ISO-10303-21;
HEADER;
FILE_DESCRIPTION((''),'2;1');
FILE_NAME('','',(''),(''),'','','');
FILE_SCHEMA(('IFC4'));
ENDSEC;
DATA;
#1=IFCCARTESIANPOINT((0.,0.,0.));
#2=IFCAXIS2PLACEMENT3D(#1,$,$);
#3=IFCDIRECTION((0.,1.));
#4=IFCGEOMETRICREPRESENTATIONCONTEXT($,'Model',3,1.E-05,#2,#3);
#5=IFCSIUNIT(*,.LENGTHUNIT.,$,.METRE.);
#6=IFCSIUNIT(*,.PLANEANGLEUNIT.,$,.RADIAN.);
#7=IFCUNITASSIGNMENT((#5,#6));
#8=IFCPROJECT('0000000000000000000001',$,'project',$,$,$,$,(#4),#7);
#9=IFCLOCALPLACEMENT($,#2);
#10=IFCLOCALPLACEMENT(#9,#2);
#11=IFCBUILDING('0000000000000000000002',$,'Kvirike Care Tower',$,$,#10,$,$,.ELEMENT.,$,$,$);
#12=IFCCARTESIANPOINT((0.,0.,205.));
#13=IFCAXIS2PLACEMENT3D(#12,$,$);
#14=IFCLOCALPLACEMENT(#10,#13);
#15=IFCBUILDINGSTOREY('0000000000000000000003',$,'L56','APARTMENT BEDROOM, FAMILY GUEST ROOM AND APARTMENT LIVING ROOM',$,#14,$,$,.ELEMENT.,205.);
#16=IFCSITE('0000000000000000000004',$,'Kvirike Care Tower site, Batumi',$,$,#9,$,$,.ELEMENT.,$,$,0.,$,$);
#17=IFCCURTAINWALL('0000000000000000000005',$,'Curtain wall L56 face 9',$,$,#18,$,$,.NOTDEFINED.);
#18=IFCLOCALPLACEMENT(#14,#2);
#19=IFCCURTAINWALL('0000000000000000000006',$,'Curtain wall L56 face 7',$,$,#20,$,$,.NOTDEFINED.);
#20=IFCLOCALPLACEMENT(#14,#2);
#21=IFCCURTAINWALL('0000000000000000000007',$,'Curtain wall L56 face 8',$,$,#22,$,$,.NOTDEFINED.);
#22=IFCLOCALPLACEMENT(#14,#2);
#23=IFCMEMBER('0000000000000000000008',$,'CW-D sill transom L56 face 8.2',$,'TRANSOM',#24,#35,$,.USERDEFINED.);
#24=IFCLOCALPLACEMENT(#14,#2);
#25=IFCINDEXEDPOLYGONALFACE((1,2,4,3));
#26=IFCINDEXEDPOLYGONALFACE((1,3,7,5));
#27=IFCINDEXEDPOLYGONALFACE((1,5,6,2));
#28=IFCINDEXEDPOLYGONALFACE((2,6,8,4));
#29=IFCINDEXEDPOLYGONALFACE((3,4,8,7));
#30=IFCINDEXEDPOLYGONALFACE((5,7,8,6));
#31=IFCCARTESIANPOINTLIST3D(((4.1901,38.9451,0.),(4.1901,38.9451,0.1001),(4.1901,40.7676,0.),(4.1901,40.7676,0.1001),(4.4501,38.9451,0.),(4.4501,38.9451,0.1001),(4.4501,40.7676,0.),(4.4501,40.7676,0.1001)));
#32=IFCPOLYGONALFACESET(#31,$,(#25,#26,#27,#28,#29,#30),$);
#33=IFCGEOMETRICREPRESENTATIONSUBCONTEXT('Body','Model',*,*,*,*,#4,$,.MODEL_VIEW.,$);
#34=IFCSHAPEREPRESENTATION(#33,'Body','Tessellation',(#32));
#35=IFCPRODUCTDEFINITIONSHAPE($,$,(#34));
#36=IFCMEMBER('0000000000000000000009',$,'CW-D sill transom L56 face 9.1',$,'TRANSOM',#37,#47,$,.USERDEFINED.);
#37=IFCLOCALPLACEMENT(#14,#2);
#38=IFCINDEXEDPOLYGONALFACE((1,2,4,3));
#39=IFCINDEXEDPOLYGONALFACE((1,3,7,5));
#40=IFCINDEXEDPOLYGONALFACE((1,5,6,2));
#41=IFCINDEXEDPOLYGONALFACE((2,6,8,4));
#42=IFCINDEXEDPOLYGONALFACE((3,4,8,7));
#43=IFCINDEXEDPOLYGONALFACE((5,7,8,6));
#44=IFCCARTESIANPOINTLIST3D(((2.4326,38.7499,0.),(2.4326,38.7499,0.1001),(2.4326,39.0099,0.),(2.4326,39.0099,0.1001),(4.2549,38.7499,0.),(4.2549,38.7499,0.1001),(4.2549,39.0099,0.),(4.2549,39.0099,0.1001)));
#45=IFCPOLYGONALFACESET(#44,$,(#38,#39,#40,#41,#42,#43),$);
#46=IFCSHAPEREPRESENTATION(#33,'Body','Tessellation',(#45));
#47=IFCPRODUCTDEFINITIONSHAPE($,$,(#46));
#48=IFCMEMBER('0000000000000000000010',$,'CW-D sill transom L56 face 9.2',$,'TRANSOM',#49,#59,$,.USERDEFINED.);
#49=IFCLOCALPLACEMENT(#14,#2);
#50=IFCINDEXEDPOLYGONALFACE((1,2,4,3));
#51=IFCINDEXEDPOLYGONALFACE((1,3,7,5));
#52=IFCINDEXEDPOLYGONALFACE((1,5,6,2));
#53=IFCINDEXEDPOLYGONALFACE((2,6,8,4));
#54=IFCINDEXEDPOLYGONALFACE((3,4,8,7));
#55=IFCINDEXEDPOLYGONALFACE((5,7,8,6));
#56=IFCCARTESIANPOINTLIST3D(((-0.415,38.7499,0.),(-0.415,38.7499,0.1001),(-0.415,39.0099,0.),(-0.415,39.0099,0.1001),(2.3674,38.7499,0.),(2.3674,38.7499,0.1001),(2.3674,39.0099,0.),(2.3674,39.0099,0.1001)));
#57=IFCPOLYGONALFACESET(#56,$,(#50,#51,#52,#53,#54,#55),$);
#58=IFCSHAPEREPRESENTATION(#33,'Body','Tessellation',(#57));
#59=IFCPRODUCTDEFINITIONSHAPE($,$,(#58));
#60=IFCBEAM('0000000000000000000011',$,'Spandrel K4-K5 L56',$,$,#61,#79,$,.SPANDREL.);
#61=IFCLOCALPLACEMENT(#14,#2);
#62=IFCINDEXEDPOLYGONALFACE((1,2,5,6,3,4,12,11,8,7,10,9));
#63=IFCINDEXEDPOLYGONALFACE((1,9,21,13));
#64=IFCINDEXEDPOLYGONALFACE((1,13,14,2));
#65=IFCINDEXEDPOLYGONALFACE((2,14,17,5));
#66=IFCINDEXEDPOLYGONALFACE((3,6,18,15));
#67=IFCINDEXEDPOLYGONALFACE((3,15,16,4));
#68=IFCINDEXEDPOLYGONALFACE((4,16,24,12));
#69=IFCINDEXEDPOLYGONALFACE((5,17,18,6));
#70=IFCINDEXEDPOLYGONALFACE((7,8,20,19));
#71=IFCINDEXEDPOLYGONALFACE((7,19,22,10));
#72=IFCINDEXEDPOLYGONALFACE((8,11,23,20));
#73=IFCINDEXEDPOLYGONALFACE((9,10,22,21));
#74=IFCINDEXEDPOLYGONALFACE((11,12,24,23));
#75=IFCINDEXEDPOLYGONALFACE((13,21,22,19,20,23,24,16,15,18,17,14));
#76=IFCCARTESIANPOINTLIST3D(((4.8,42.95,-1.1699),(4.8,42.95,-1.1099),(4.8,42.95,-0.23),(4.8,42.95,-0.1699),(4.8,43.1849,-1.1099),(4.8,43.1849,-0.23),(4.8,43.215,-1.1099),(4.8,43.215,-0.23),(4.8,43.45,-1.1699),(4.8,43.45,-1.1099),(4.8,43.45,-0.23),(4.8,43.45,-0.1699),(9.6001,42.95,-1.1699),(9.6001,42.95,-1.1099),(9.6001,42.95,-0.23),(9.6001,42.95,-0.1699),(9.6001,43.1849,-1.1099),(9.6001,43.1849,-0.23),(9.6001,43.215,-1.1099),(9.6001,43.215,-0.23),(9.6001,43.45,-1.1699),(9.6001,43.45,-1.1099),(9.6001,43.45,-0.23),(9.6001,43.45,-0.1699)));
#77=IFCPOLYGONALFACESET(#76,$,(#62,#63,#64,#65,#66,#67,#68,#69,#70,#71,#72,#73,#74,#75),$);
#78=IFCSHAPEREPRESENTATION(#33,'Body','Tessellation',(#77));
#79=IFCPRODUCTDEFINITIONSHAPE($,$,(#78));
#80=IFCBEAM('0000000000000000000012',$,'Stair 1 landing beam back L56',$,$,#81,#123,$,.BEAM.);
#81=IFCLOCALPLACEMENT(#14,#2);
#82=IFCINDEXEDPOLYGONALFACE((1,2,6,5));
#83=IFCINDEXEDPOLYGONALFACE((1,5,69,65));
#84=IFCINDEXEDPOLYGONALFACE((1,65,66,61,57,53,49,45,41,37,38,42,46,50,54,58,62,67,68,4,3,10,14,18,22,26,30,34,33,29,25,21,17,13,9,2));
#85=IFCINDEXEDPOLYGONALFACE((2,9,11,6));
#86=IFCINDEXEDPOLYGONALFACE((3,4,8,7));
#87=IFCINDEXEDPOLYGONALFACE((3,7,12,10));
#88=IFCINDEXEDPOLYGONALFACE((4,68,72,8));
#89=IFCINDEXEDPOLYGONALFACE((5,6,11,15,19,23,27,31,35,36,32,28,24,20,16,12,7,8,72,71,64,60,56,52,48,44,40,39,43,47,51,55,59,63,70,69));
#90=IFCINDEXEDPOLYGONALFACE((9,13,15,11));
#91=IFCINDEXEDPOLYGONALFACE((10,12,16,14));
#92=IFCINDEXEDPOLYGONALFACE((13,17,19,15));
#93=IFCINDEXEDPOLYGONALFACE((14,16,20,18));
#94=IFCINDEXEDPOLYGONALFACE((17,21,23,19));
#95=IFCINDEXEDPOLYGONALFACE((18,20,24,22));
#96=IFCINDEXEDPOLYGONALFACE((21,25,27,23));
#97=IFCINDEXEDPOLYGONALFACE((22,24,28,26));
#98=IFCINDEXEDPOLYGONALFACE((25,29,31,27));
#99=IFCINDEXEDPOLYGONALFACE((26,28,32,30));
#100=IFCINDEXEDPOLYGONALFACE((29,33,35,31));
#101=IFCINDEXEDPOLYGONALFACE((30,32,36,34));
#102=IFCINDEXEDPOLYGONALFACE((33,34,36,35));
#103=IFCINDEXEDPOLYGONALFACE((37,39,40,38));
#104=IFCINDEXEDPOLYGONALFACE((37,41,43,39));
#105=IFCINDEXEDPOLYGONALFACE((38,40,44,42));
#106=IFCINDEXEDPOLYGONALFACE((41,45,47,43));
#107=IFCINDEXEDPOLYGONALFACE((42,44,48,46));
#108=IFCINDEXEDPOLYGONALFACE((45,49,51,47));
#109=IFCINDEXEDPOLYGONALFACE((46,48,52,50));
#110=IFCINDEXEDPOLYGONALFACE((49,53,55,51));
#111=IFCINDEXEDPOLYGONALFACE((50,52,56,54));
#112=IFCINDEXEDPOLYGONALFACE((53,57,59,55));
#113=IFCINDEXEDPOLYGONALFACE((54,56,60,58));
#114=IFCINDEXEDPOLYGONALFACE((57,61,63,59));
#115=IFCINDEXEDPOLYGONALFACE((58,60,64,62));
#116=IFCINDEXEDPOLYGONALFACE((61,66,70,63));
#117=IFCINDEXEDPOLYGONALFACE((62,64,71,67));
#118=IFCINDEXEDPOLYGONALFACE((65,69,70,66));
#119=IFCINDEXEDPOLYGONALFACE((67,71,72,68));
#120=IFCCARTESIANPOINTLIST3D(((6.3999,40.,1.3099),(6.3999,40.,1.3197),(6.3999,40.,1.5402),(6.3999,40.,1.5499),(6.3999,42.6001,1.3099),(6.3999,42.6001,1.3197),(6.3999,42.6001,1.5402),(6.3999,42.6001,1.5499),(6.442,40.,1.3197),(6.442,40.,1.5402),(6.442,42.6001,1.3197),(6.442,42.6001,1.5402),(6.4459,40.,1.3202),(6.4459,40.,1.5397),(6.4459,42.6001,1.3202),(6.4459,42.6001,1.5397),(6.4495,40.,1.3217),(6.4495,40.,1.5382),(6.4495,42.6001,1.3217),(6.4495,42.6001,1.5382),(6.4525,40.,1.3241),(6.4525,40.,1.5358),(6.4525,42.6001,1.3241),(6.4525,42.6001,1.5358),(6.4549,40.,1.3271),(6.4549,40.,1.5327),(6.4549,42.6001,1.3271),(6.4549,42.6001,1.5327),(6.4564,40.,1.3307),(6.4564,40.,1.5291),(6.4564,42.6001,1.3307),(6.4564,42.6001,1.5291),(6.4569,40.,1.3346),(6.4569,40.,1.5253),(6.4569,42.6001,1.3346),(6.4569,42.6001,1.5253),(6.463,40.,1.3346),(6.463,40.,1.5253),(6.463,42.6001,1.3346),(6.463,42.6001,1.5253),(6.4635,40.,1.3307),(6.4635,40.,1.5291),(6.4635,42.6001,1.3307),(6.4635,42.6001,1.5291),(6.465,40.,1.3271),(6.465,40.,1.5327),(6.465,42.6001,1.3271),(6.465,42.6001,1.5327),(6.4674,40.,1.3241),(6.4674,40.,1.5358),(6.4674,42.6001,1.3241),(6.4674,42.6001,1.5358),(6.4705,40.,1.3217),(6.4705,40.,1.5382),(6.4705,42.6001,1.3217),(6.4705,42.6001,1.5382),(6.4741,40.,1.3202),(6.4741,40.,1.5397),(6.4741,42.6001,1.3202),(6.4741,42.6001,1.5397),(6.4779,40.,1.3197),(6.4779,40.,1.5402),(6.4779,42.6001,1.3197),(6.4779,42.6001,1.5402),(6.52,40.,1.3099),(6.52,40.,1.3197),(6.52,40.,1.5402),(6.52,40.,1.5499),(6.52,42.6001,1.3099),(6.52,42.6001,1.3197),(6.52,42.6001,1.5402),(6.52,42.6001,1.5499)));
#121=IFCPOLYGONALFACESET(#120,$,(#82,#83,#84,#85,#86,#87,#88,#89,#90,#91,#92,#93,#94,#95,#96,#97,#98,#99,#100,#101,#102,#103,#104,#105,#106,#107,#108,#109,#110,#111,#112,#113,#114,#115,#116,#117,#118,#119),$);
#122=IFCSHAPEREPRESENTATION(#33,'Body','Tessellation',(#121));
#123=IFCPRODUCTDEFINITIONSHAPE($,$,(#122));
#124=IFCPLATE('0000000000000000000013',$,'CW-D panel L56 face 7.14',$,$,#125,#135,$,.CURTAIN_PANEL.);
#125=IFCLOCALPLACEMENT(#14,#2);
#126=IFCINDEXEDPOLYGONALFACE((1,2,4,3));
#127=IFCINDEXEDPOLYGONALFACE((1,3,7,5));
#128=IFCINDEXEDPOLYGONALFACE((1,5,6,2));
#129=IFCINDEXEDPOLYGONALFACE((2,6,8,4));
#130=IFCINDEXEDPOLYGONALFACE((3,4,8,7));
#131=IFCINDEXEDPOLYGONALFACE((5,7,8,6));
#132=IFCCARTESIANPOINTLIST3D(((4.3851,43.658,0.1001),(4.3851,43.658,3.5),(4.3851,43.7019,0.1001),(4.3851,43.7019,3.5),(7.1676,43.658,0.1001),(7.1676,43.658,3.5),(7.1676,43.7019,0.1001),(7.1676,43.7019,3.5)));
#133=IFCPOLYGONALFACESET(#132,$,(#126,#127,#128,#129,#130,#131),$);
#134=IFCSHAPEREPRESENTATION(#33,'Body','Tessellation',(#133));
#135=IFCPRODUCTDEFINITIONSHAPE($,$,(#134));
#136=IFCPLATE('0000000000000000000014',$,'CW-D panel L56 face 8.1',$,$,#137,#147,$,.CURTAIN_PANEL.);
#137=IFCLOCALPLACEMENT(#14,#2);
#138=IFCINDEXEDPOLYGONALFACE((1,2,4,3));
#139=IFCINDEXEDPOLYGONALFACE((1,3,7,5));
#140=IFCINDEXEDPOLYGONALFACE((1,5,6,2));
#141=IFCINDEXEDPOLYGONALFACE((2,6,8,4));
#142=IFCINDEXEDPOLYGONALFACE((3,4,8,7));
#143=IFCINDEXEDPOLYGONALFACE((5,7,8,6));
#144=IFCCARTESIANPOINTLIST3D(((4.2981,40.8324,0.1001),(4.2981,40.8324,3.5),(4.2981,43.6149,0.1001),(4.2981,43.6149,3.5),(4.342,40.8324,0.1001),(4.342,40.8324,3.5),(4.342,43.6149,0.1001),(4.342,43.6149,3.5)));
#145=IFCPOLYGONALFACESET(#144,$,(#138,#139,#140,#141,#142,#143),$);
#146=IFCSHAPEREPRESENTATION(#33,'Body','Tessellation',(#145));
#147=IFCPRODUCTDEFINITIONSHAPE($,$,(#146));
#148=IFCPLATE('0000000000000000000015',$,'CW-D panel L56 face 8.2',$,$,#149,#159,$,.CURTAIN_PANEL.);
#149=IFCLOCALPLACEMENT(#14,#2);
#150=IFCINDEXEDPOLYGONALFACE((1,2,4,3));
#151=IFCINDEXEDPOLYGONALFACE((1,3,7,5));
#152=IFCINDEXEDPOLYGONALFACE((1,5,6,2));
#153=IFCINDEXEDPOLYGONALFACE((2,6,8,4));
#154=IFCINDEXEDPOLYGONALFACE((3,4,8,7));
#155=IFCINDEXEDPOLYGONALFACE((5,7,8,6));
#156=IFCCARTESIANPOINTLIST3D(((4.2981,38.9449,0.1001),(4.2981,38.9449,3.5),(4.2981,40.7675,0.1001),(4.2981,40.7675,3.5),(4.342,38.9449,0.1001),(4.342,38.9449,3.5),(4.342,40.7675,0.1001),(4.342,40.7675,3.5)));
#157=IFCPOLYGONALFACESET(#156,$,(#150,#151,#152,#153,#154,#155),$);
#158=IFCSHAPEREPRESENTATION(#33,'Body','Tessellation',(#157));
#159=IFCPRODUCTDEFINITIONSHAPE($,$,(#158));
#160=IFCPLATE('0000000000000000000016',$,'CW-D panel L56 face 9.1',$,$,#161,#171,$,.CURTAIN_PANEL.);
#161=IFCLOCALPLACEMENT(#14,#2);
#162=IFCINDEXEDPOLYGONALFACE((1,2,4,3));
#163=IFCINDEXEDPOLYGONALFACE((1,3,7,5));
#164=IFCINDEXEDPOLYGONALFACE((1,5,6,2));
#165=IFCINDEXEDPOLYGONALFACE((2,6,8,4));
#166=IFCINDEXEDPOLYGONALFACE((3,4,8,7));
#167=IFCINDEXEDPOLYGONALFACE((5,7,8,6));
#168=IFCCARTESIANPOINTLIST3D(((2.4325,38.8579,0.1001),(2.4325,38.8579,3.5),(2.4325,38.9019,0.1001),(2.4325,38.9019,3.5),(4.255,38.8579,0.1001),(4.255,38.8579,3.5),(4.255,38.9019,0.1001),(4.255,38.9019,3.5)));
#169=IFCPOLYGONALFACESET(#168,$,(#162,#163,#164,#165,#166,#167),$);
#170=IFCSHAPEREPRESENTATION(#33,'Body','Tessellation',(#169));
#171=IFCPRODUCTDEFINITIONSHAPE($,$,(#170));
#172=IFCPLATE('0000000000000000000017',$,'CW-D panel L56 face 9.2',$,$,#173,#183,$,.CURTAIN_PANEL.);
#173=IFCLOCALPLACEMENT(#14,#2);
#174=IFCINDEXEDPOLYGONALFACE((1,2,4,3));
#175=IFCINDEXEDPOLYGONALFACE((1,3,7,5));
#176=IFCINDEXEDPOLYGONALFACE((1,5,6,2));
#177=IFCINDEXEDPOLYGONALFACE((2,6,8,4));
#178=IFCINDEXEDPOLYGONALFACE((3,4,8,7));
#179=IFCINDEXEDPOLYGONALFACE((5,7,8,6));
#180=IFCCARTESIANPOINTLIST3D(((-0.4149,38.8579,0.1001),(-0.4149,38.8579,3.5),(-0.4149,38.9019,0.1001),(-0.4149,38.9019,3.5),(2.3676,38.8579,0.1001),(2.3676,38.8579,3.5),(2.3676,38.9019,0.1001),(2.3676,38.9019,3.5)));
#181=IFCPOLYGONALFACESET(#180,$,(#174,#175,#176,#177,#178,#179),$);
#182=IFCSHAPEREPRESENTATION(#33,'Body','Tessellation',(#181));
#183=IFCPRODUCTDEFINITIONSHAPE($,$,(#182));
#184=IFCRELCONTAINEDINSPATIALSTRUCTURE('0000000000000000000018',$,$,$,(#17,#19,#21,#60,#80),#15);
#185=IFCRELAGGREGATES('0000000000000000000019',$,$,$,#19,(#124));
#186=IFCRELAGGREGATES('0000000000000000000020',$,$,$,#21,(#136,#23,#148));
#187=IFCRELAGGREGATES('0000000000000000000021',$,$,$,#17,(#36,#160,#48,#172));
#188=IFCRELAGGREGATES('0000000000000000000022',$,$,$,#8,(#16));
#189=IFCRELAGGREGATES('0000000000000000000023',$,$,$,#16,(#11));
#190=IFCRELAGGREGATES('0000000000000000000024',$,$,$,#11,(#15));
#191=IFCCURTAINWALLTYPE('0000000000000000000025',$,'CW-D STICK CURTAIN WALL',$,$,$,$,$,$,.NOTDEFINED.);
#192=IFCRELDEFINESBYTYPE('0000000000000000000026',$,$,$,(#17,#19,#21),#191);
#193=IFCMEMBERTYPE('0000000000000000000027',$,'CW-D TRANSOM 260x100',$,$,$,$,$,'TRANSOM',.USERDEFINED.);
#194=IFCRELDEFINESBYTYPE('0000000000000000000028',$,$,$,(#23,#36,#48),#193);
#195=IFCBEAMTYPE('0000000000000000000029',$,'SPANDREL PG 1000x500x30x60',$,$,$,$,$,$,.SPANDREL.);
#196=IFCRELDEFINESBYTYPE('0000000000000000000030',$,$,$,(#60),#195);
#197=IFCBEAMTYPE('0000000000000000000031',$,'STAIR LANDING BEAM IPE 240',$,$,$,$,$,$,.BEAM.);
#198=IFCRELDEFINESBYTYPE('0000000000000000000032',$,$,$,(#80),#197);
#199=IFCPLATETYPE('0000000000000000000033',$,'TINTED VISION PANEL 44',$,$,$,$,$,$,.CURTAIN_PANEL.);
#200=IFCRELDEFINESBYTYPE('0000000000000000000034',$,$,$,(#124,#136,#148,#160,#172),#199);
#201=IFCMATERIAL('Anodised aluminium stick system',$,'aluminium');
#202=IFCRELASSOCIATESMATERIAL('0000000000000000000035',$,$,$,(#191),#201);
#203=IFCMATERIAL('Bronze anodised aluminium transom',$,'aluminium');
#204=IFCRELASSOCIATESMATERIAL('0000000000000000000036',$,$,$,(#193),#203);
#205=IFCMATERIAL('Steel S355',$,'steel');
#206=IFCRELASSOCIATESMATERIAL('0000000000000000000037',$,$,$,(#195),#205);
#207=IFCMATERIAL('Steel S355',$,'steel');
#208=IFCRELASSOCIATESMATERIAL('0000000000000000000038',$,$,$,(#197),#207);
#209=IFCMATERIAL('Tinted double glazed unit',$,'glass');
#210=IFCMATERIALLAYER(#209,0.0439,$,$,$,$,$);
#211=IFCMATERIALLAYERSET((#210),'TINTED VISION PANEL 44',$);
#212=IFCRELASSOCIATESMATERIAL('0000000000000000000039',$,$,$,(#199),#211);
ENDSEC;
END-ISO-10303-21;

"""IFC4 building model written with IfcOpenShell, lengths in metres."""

from ifc_helpers import new_model, si_unit, direction, frame, origin, origin_2d, place, context, subcontext, project, spatial, rectangle, i_section, extrude, material, layer, layer_set, material_profile, profile_set, type_object, element, aggregate, save


model = new_model("IFC4")

# Units and contexts
model_context = context("Model", 3, precision=1e-05, world=origin(), true_north=direction((0.0, 1.0)))
body_context = subcontext(model_context, "Body", "Model", "MODEL_VIEW")
ifc_project = project(units=[si_unit("LENGTHUNIT", "METRE"), si_unit("PLANEANGLEUNIT", "RADIAN")], contexts=[model_context])

# Site, building, storey
site_placement = place(None, origin())
site = spatial("IfcSite", under=ifc_project, at=site_placement, Name="Kvirike Care Tower site, Batumi", CompositionType="ELEMENT", RefElevation=0.0)
building_placement = place(site_placement, origin())
building = spatial("IfcBuilding", under=site, at=building_placement, Name="Kvirike Care Tower", CompositionType="ELEMENT")
storey_placement = place(building_placement, frame((0.0, 0.0, 205.0)))
storey = spatial("IfcBuildingStorey", under=building, at=storey_placement, Name="L56", Description="APARTMENT BEDROOM, FAMILY GUEST ROOM AND APARTMENT LIVING ROOM", CompositionType="ELEMENT", Elevation=205.0)

# Curtain walls
ifc_material_1 = material(Name="Anodised aluminium stick system", Category="aluminium")
curtain_wall_type = type_object("IfcCurtainWallType", Name="CW-D STICK CURTAIN WALL", PredefinedType="NOTDEFINED", material=ifc_material_1)
curtain_wall_1_placement = place(storey_placement, origin())
curtain_wall_1 = element("IfcCurtainWall", 1, at=curtain_wall_1_placement, inside=storey, type_object=curtain_wall_type, Name="Curtain wall L56 face 9", PredefinedType="NOTDEFINED")
curtain_wall_2_placement = place(storey_placement, origin())
curtain_wall_2 = element("IfcCurtainWall", 2, at=curtain_wall_2_placement, inside=storey, type_object=curtain_wall_type, Name="Curtain wall L56 face 7", PredefinedType="NOTDEFINED")

# Curtain wall
curtain_wall_3_placement = place(storey_placement, origin())
curtain_wall_3 = element("IfcCurtainWall", 3, at=curtain_wall_3_placement, inside=storey, type_object=curtain_wall_type, Name="Curtain wall L56 face 8", PredefinedType="NOTDEFINED")

# Members
ifc_material_2 = material(Name="Bronze anodised aluminium transom", Category="aluminium")
ifc_material_profile_1 = material_profile(ifc_material_2, rectangle(XDim=0.26, YDim=0.1001, at=origin_2d()), Name="CW-D TRANSOM 260x100")
ifc_profile_set_1 = profile_set([ifc_material_profile_1], Name="Bronze anodised aluminium transom")
member_type_1 = type_object("IfcMemberType", Name="CW-D TRANSOM 260x100", ElementType="TRANSOM", PredefinedType="USERDEFINED", material=ifc_profile_set_1)
member_1_placement = place(storey_placement, frame((4.3201, 40.7676, 0.05), z_axis=(0.0, -1.0, 0.0), x_axis=(1.0, 0.0, 0.0)))
member_1 = element("IfcMember", 4, at=member_1_placement, type_object=member_type_1, Name="CW-D sill transom L56 face 8.2", ObjectType="TRANSOM", PredefinedType="USERDEFINED", context=body_context, shape_type="SweptSolid", body=[
    extrude(rectangle(XDim=0.26, YDim=0.1001, at=origin_2d()), origin(), (0.0, 0.0, 1.0), 1.8225),
])
member_2_placement = place(storey_placement, frame((4.2549, 38.8799, 0.05), z_axis=(-1.0, 0.0, 0.0), x_axis=(0.0, -1.0, 0.0)))
member_2 = element("IfcMember", 5, at=member_2_placement, type_object=member_type_1, Name="CW-D sill transom L56 face 9.1", ObjectType="TRANSOM", PredefinedType="USERDEFINED", context=body_context, shape_type="SweptSolid", body=[
    extrude(rectangle(XDim=0.26, YDim=0.1001, at=origin_2d()), origin(), (0.0, 0.0, 1.0), 1.8223),
])
member_3_placement = place(storey_placement, frame((2.3674, 38.8799, 0.05), z_axis=(-1.0, 0.0, 0.0), x_axis=(0.0, -1.0, 0.0)))
member_3 = element("IfcMember", 6, at=member_3_placement, type_object=member_type_1, Name="CW-D sill transom L56 face 9.2", ObjectType="TRANSOM", PredefinedType="USERDEFINED", context=body_context, shape_type="SweptSolid", body=[
    extrude(rectangle(XDim=0.26, YDim=0.1001, at=origin_2d()), origin(), (0.0, 0.0, 1.0), 2.7825),
])

# Beams
ifc_material_3 = material(Name="Steel S355", Category="steel")
ifc_material_profile_2 = material_profile(ifc_material_3, i_section(OverallWidth=0.5, OverallDepth=1.0, WebThickness=0.03, FlangeThickness=0.0601, at=origin_2d()), Name="PG 1000x500x30x60")
ifc_profile_set_2 = profile_set([ifc_material_profile_2], Name="Steel S355")
beam_type_1 = type_object("IfcBeamType", Name="SPANDREL PG 1000x500x30x60", PredefinedType="SPANDREL", material=ifc_profile_set_2)
beam_1_placement = place(storey_placement, frame((4.8, 43.2, -0.6699), z_axis=(1.0, 0.0, 0.0), x_axis=(0.0, 1.0, 0.0)))
element("IfcBeam", 7, at=beam_1_placement, inside=storey, type_object=beam_type_1, Name="Spandrel K4-K5 L56", PredefinedType="SPANDREL", context=body_context, shape_type="SweptSolid", body=[
    extrude(i_section(OverallWidth=0.5, OverallDepth=1.0, WebThickness=0.03, FlangeThickness=0.0601, at=origin_2d()), origin(), (0.0, 0.0, 1.0), 4.8),
])
ifc_material_4 = material(Name="Steel S355", Category="steel")
ifc_material_profile_3 = material_profile(ifc_material_4, i_section(OverallWidth=0.1201, OverallDepth=0.24, WebThickness=0.0061, FlangeThickness=0.0098, FilletRadius=0.0149, at=origin_2d()), Name="IPE 240")
ifc_profile_set_3 = profile_set([ifc_material_profile_3], Name="Steel S355")
beam_type_2 = type_object("IfcBeamType", Name="STAIR LANDING BEAM IPE 240", PredefinedType="BEAM", material=ifc_profile_set_3)
beam_2_placement = place(storey_placement, frame((6.46, 42.6001, 1.4299), z_axis=(0.0, -1.0, 0.0), x_axis=(1.0, 0.0, 0.0)))
element("IfcBeam", 8, at=beam_2_placement, inside=storey, type_object=beam_type_2, Name="Stair 1 landing beam back L56", PredefinedType="BEAM", context=body_context, shape_type="SweptSolid", body=[
    extrude(i_section(OverallWidth=0.1201, OverallDepth=0.24, WebThickness=0.0061, FlangeThickness=0.0098, FilletRadius=0.0149, at=origin_2d()), origin(), (0.0, 0.0, 1.0), 2.6001),
])

# Plates
ifc_material_5 = material(Name="Tinted double glazed unit", Category="glass")
ifc_layer_1 = layer(ifc_material_5, 0.0439)
ifc_layer_set_1 = layer_set([ifc_layer_1], Name="TINTED VISION PANEL 44")
plate_type = type_object("IfcPlateType", Name="TINTED VISION PANEL 44", PredefinedType="CURTAIN_PANEL", material=ifc_layer_set_1)
plate_1_placement = place(storey_placement, frame((5.7764, 43.6799, 0.1001), z_axis=(0.0, 0.0, 1.0), x_axis=(-1.0, 0.0, 0.0)))
plate_1 = element("IfcPlate", 9, at=plate_1_placement, type_object=plate_type, Name="CW-D panel L56 face 7.14", PredefinedType="CURTAIN_PANEL", context=body_context, shape_type="SweptSolid", body=[
    extrude(rectangle(XDim=2.7825, YDim=0.0439, at=origin_2d()), origin(), (0.0, 0.0, 1.0), 3.3999),
])
aggregate(curtain_wall_2, [plate_1])
plate_2_placement = place(storey_placement, frame((4.3201, 42.2236, 0.1001), z_axis=(0.0, 0.0, 1.0), x_axis=(0.0, -1.0, 0.0)))
plate_2 = element("IfcPlate", 10, at=plate_2_placement, type_object=plate_type, Name="CW-D panel L56 face 8.1", PredefinedType="CURTAIN_PANEL", context=body_context, shape_type="SweptSolid", body=[
    extrude(rectangle(XDim=2.7825, YDim=0.0439, at=origin_2d()), origin(), (0.0, 0.0, 1.0), 3.3999),
])
plate_3_placement = place(storey_placement, frame((4.3201, 39.8562, 0.1001), z_axis=(0.0, 0.0, 1.0), x_axis=(0.0, -1.0, 0.0)))
plate_3 = element("IfcPlate", 11, at=plate_3_placement, type_object=plate_type, Name="CW-D panel L56 face 8.2", PredefinedType="CURTAIN_PANEL", context=body_context, shape_type="SweptSolid", body=[
    extrude(rectangle(XDim=1.8225, YDim=0.0439, at=origin_2d()), origin(), (0.0, 0.0, 1.0), 3.3999),
])
aggregate(curtain_wall_3, [plate_2, member_1, plate_3])
plate_4_placement = place(storey_placement, frame((3.3438, 38.8799, 0.1001), z_axis=(0.0, 0.0, 1.0), x_axis=(-1.0, 0.0, 0.0)))
plate_4 = element("IfcPlate", 12, at=plate_4_placement, type_object=plate_type, Name="CW-D panel L56 face 9.1", PredefinedType="CURTAIN_PANEL", context=body_context, shape_type="SweptSolid", body=[
    extrude(rectangle(XDim=1.8225, YDim=0.0439, at=origin_2d()), origin(), (0.0, 0.0, 1.0), 3.3999),
])
plate_5_placement = place(storey_placement, frame((0.9763, 38.8799, 0.1001), z_axis=(0.0, 0.0, 1.0), x_axis=(-1.0, 0.0, 0.0)))
plate_5 = element("IfcPlate", 13, at=plate_5_placement, type_object=plate_type, Name="CW-D panel L56 face 9.2", PredefinedType="CURTAIN_PANEL", context=body_context, shape_type="SweptSolid", body=[
    extrude(rectangle(XDim=2.7825, YDim=0.0439, at=origin_2d()), origin(), (0.0, 0.0, 1.0), 3.3999),
])
aggregate(curtain_wall_1, [member_2, plate_4, member_3, plate_5])

save(model, "model.ifc")
